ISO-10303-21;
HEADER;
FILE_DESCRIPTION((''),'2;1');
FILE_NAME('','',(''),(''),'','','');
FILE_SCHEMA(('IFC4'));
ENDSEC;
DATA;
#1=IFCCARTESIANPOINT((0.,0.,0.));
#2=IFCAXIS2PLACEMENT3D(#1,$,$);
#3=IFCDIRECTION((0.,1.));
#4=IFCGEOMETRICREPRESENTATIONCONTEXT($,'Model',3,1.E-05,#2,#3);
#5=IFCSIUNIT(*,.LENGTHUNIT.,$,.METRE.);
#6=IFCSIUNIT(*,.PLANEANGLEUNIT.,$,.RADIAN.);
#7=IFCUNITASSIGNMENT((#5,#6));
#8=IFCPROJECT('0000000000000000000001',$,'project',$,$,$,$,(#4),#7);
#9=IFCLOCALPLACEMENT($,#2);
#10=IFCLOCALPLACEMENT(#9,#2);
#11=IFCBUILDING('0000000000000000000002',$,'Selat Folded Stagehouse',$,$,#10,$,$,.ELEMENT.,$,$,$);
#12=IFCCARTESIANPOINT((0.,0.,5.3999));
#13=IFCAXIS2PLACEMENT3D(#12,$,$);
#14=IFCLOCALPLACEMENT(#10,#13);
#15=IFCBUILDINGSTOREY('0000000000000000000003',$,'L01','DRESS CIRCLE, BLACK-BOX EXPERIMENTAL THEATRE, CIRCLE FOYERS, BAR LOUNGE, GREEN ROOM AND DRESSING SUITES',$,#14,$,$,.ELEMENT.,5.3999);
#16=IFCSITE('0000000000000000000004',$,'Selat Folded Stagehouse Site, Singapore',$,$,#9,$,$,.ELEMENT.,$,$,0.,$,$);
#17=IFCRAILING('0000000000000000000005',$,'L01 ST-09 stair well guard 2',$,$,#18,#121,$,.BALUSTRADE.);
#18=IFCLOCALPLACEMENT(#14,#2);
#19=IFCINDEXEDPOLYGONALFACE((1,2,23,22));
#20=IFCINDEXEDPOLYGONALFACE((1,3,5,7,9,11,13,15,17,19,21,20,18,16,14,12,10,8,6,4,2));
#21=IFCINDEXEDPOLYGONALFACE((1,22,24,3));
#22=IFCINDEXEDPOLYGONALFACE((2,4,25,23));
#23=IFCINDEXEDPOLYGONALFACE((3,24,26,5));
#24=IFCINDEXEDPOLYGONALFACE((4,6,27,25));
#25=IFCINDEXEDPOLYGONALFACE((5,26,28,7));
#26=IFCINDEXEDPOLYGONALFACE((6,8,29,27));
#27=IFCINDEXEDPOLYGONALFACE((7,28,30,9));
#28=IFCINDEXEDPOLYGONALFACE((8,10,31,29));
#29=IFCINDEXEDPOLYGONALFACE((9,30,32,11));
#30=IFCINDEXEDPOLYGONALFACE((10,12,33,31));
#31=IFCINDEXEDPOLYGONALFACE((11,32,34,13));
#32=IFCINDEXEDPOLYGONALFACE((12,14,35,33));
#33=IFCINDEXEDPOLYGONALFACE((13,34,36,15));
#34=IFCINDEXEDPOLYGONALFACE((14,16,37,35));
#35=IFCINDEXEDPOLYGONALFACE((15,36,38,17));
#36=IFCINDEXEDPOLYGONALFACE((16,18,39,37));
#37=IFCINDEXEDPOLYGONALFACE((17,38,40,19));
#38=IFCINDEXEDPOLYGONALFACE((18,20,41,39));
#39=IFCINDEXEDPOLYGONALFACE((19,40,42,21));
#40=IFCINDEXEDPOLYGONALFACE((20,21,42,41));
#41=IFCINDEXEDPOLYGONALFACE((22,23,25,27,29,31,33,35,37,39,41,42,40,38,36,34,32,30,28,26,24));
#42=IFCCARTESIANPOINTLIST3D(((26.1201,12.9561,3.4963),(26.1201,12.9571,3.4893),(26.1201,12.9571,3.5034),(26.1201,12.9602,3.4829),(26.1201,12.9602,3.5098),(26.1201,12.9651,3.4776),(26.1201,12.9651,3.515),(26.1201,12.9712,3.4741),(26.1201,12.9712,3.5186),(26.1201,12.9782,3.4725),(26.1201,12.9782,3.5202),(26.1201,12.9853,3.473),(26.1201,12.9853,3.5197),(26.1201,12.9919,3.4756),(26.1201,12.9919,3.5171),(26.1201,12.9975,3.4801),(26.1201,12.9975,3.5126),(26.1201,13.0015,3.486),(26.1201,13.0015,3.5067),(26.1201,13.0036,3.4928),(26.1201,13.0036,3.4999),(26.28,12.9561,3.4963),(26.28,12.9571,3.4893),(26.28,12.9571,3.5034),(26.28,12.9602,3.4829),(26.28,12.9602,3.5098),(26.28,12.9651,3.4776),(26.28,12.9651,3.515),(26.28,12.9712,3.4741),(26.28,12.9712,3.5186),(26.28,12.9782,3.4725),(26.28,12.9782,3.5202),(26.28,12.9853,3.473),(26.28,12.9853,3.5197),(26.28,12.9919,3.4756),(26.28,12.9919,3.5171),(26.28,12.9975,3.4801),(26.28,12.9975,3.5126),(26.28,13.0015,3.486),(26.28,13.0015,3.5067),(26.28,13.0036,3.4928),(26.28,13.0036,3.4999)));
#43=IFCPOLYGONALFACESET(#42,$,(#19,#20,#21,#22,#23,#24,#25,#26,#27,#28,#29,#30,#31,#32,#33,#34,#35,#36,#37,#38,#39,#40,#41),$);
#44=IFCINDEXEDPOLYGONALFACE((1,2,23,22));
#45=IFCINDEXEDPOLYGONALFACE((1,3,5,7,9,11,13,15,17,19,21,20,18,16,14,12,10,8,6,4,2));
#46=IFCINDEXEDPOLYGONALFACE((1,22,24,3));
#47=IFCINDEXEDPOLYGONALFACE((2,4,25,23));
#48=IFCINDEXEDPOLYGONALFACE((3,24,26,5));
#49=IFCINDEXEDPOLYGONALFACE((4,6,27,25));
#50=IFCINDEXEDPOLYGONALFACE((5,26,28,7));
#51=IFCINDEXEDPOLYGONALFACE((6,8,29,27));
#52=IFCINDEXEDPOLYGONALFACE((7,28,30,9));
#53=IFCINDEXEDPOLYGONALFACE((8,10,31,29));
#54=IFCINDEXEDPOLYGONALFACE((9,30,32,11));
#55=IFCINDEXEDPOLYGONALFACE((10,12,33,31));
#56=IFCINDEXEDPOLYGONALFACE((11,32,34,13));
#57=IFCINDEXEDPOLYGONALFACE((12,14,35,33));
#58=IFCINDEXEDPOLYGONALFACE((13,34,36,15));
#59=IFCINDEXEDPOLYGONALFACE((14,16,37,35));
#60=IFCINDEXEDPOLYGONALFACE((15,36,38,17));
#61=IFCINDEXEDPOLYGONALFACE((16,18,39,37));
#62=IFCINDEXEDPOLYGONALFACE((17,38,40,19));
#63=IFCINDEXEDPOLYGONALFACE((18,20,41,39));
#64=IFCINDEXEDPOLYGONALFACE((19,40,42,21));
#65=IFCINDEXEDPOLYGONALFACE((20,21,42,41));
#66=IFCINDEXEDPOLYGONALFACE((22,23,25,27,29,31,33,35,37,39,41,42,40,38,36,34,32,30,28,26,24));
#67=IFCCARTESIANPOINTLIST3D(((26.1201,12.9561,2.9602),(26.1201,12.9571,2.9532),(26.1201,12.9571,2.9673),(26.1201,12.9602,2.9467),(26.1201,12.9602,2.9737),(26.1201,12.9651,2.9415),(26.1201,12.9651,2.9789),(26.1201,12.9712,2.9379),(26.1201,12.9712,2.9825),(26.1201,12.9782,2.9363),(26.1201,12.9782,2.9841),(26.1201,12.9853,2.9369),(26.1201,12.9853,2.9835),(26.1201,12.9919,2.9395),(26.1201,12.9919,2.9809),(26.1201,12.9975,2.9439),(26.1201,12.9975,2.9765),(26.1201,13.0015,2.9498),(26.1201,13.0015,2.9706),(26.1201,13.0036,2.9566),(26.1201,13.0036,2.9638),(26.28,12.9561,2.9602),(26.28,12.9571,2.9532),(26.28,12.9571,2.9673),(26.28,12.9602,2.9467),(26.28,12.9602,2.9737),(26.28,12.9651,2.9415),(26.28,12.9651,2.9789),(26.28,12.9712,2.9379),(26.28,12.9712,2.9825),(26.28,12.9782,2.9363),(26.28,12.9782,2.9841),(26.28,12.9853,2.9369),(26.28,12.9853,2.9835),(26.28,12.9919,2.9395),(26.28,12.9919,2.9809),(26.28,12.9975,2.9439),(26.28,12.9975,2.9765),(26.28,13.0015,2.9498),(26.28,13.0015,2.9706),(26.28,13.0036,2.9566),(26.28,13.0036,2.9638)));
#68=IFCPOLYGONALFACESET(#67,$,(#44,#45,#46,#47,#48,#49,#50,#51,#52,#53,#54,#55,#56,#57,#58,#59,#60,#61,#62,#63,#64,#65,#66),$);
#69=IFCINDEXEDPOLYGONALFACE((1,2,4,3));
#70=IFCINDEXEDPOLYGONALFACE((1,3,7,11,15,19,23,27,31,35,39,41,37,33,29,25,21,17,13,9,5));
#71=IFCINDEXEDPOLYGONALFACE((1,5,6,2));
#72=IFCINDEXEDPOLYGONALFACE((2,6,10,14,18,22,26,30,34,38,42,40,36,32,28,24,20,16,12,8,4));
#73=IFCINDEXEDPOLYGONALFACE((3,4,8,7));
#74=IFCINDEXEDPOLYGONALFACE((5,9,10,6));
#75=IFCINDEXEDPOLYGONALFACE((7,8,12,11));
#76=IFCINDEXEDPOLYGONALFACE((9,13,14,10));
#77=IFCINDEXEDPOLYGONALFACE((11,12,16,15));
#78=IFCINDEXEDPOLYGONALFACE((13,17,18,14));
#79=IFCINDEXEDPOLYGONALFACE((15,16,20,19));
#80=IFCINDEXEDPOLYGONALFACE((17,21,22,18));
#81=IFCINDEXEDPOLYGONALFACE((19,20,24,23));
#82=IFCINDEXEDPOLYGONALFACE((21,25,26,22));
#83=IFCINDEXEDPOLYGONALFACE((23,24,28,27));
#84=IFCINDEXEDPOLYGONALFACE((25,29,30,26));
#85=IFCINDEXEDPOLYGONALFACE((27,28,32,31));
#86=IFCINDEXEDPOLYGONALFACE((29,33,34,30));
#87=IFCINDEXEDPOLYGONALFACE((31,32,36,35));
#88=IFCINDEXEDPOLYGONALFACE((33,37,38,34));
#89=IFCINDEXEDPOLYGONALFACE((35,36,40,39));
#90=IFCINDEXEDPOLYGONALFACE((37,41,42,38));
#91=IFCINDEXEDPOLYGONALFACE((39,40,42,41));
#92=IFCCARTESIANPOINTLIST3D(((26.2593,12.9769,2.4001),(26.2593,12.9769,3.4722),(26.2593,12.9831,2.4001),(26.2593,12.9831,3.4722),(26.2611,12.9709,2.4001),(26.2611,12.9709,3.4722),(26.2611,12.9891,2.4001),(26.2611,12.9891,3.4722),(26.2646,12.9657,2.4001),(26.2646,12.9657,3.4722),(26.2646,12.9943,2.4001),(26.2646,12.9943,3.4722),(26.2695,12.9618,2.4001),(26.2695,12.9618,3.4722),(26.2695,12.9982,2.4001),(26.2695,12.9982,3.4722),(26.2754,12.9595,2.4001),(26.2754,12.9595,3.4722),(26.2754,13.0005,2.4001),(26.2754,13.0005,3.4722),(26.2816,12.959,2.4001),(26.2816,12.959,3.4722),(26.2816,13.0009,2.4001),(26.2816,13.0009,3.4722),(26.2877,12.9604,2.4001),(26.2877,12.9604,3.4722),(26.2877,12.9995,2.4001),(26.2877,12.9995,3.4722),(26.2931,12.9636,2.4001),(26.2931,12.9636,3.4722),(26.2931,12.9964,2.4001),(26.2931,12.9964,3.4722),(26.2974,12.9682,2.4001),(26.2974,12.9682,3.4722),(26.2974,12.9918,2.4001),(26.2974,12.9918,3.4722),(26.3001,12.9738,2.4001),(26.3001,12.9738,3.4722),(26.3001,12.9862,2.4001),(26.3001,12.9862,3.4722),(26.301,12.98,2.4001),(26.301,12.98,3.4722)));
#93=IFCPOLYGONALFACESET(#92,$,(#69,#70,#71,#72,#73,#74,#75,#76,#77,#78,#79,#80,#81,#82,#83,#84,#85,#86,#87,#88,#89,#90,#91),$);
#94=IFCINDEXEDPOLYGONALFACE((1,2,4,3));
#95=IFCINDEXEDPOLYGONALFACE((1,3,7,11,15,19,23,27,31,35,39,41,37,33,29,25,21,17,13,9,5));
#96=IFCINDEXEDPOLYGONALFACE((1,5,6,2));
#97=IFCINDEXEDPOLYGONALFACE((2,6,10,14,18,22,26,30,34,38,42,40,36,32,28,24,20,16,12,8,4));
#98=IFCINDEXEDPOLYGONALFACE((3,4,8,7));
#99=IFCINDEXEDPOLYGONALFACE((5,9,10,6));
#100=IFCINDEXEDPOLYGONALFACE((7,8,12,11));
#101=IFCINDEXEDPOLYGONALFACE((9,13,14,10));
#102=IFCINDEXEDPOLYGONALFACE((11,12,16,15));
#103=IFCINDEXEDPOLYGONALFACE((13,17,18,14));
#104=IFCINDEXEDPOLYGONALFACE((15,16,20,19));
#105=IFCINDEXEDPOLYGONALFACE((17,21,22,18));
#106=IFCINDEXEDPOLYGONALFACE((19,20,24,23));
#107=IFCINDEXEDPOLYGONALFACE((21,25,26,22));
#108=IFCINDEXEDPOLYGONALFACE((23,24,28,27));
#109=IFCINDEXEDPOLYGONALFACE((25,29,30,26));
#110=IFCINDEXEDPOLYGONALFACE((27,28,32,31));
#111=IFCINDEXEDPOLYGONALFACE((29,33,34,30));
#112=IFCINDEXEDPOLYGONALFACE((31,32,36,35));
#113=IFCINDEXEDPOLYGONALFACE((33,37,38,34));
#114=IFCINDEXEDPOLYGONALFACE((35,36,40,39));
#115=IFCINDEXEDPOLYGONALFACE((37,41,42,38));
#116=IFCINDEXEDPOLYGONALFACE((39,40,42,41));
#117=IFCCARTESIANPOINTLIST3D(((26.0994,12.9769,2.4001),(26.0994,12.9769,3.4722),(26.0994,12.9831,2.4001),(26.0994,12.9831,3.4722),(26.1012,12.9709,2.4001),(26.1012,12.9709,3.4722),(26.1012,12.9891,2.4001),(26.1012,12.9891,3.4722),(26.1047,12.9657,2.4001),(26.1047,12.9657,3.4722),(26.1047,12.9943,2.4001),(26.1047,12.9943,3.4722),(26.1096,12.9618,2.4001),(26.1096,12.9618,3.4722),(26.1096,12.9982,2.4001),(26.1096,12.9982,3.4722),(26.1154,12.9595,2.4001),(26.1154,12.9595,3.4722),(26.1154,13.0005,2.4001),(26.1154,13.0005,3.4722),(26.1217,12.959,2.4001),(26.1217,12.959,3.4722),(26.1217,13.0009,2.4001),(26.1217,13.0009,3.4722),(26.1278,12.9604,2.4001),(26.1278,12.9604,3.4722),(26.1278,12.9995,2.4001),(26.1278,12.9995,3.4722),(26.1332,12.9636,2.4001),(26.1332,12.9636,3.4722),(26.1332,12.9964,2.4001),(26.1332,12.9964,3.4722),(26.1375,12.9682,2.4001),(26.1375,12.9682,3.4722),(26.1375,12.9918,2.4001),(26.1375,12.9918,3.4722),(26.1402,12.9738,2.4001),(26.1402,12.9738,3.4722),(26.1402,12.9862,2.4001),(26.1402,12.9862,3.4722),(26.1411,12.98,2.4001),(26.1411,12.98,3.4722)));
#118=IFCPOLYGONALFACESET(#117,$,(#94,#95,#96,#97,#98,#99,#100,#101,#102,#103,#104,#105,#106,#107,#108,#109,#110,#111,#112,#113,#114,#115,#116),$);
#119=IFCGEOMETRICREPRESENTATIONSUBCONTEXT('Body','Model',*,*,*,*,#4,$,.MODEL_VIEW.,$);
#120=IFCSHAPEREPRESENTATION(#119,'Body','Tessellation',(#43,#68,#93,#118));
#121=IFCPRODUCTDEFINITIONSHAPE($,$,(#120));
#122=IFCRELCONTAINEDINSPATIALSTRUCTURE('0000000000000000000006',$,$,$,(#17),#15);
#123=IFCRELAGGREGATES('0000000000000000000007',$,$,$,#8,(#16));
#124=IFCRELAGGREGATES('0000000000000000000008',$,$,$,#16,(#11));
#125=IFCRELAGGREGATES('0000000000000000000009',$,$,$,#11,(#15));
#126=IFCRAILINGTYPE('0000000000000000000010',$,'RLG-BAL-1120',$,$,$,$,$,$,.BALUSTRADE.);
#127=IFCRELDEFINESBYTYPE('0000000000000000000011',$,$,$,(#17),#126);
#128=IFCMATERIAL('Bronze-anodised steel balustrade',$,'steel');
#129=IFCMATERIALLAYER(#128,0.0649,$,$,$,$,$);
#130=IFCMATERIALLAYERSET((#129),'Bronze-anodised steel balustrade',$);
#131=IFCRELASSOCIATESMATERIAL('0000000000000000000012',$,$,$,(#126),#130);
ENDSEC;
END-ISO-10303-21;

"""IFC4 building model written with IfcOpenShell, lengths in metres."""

from ifc_helpers import new_model, si_unit, direction, frame, origin, origin_2d, place, context, subcontext, project, spatial, circle, extrude, material, layer, layer_set, type_object, element, save


model = new_model("IFC4")

# Units and contexts
model_context = context("Model", 3, precision=1e-05, world=origin(), true_north=direction((0.0, 1.0)))
body_context = subcontext(model_context, "Body", "Model", "MODEL_VIEW")
ifc_project = project(units=[si_unit("LENGTHUNIT", "METRE"), si_unit("PLANEANGLEUNIT", "RADIAN")], contexts=[model_context])

# Site, building, storey
site_placement = place(None, origin())
site = spatial("IfcSite", under=ifc_project, at=site_placement, Name="Selat Folded Stagehouse Site, Singapore", CompositionType="ELEMENT", RefElevation=0.0)
building_placement = place(site_placement, origin())
building = spatial("IfcBuilding", under=site, at=building_placement, Name="Selat Folded Stagehouse", CompositionType="ELEMENT")
storey_placement = place(building_placement, frame((0.0, 0.0, 5.3999)))
storey = spatial("IfcBuildingStorey", under=building, at=storey_placement, Name="L01", Description="DRESS CIRCLE, BLACK-BOX EXPERIMENTAL THEATRE, CIRCLE FOYERS, BAR LOUNGE, GREEN ROOM AND DRESSING SUITES", CompositionType="ELEMENT", Elevation=5.3999)

# Railing
ifc_material_1 = material(Name="Bronze-anodised steel balustrade", Category="steel")
ifc_layer_1 = layer(ifc_material_1, 0.0649)
ifc_layer_set_1 = layer_set([ifc_layer_1], Name="Bronze-anodised steel balustrade")
railing_type_1 = type_object("IfcRailingType", Name="RLG-BAL-1120", PredefinedType="BALUSTRADE", material=ifc_layer_set_1)
railing_1_placement = place(storey_placement, frame((26.28, 12.98, 2.4001)))
element("IfcRailing", 1, at=railing_1_placement, inside=storey, type_object=railing_type_1, Name="L01 ST-09 stair well guard 2", PredefinedType="BALUSTRADE", context=body_context, shape_type="SweptSolid", body=[
    extrude(circle(Radius=0.0239, at=origin_2d()), frame((0.0, 0.0, 1.0962), z_axis=(-1.0, 0.0, 0.0), x_axis=(0.0, -1.0, 0.0)), (0.0, 0.0, 1.0), 0.1599),
    extrude(circle(Radius=0.0239, at=origin_2d()), frame((0.0, 0.0, 0.5601), z_axis=(-1.0, 0.0, 0.0), x_axis=(0.0, -1.0, 0.0)), (0.0, 0.0, 1.0), 0.1599),
    extrude(circle(Radius=0.021, at=origin_2d()), origin(), (0.0, 0.0, 1.0), 1.072),
    extrude(circle(Radius=0.021, at=origin_2d()), frame((-0.1599, 0.0, 0.0)), (0.0, 0.0, 1.0), 1.072),
])

save(model, "model.ifc")
